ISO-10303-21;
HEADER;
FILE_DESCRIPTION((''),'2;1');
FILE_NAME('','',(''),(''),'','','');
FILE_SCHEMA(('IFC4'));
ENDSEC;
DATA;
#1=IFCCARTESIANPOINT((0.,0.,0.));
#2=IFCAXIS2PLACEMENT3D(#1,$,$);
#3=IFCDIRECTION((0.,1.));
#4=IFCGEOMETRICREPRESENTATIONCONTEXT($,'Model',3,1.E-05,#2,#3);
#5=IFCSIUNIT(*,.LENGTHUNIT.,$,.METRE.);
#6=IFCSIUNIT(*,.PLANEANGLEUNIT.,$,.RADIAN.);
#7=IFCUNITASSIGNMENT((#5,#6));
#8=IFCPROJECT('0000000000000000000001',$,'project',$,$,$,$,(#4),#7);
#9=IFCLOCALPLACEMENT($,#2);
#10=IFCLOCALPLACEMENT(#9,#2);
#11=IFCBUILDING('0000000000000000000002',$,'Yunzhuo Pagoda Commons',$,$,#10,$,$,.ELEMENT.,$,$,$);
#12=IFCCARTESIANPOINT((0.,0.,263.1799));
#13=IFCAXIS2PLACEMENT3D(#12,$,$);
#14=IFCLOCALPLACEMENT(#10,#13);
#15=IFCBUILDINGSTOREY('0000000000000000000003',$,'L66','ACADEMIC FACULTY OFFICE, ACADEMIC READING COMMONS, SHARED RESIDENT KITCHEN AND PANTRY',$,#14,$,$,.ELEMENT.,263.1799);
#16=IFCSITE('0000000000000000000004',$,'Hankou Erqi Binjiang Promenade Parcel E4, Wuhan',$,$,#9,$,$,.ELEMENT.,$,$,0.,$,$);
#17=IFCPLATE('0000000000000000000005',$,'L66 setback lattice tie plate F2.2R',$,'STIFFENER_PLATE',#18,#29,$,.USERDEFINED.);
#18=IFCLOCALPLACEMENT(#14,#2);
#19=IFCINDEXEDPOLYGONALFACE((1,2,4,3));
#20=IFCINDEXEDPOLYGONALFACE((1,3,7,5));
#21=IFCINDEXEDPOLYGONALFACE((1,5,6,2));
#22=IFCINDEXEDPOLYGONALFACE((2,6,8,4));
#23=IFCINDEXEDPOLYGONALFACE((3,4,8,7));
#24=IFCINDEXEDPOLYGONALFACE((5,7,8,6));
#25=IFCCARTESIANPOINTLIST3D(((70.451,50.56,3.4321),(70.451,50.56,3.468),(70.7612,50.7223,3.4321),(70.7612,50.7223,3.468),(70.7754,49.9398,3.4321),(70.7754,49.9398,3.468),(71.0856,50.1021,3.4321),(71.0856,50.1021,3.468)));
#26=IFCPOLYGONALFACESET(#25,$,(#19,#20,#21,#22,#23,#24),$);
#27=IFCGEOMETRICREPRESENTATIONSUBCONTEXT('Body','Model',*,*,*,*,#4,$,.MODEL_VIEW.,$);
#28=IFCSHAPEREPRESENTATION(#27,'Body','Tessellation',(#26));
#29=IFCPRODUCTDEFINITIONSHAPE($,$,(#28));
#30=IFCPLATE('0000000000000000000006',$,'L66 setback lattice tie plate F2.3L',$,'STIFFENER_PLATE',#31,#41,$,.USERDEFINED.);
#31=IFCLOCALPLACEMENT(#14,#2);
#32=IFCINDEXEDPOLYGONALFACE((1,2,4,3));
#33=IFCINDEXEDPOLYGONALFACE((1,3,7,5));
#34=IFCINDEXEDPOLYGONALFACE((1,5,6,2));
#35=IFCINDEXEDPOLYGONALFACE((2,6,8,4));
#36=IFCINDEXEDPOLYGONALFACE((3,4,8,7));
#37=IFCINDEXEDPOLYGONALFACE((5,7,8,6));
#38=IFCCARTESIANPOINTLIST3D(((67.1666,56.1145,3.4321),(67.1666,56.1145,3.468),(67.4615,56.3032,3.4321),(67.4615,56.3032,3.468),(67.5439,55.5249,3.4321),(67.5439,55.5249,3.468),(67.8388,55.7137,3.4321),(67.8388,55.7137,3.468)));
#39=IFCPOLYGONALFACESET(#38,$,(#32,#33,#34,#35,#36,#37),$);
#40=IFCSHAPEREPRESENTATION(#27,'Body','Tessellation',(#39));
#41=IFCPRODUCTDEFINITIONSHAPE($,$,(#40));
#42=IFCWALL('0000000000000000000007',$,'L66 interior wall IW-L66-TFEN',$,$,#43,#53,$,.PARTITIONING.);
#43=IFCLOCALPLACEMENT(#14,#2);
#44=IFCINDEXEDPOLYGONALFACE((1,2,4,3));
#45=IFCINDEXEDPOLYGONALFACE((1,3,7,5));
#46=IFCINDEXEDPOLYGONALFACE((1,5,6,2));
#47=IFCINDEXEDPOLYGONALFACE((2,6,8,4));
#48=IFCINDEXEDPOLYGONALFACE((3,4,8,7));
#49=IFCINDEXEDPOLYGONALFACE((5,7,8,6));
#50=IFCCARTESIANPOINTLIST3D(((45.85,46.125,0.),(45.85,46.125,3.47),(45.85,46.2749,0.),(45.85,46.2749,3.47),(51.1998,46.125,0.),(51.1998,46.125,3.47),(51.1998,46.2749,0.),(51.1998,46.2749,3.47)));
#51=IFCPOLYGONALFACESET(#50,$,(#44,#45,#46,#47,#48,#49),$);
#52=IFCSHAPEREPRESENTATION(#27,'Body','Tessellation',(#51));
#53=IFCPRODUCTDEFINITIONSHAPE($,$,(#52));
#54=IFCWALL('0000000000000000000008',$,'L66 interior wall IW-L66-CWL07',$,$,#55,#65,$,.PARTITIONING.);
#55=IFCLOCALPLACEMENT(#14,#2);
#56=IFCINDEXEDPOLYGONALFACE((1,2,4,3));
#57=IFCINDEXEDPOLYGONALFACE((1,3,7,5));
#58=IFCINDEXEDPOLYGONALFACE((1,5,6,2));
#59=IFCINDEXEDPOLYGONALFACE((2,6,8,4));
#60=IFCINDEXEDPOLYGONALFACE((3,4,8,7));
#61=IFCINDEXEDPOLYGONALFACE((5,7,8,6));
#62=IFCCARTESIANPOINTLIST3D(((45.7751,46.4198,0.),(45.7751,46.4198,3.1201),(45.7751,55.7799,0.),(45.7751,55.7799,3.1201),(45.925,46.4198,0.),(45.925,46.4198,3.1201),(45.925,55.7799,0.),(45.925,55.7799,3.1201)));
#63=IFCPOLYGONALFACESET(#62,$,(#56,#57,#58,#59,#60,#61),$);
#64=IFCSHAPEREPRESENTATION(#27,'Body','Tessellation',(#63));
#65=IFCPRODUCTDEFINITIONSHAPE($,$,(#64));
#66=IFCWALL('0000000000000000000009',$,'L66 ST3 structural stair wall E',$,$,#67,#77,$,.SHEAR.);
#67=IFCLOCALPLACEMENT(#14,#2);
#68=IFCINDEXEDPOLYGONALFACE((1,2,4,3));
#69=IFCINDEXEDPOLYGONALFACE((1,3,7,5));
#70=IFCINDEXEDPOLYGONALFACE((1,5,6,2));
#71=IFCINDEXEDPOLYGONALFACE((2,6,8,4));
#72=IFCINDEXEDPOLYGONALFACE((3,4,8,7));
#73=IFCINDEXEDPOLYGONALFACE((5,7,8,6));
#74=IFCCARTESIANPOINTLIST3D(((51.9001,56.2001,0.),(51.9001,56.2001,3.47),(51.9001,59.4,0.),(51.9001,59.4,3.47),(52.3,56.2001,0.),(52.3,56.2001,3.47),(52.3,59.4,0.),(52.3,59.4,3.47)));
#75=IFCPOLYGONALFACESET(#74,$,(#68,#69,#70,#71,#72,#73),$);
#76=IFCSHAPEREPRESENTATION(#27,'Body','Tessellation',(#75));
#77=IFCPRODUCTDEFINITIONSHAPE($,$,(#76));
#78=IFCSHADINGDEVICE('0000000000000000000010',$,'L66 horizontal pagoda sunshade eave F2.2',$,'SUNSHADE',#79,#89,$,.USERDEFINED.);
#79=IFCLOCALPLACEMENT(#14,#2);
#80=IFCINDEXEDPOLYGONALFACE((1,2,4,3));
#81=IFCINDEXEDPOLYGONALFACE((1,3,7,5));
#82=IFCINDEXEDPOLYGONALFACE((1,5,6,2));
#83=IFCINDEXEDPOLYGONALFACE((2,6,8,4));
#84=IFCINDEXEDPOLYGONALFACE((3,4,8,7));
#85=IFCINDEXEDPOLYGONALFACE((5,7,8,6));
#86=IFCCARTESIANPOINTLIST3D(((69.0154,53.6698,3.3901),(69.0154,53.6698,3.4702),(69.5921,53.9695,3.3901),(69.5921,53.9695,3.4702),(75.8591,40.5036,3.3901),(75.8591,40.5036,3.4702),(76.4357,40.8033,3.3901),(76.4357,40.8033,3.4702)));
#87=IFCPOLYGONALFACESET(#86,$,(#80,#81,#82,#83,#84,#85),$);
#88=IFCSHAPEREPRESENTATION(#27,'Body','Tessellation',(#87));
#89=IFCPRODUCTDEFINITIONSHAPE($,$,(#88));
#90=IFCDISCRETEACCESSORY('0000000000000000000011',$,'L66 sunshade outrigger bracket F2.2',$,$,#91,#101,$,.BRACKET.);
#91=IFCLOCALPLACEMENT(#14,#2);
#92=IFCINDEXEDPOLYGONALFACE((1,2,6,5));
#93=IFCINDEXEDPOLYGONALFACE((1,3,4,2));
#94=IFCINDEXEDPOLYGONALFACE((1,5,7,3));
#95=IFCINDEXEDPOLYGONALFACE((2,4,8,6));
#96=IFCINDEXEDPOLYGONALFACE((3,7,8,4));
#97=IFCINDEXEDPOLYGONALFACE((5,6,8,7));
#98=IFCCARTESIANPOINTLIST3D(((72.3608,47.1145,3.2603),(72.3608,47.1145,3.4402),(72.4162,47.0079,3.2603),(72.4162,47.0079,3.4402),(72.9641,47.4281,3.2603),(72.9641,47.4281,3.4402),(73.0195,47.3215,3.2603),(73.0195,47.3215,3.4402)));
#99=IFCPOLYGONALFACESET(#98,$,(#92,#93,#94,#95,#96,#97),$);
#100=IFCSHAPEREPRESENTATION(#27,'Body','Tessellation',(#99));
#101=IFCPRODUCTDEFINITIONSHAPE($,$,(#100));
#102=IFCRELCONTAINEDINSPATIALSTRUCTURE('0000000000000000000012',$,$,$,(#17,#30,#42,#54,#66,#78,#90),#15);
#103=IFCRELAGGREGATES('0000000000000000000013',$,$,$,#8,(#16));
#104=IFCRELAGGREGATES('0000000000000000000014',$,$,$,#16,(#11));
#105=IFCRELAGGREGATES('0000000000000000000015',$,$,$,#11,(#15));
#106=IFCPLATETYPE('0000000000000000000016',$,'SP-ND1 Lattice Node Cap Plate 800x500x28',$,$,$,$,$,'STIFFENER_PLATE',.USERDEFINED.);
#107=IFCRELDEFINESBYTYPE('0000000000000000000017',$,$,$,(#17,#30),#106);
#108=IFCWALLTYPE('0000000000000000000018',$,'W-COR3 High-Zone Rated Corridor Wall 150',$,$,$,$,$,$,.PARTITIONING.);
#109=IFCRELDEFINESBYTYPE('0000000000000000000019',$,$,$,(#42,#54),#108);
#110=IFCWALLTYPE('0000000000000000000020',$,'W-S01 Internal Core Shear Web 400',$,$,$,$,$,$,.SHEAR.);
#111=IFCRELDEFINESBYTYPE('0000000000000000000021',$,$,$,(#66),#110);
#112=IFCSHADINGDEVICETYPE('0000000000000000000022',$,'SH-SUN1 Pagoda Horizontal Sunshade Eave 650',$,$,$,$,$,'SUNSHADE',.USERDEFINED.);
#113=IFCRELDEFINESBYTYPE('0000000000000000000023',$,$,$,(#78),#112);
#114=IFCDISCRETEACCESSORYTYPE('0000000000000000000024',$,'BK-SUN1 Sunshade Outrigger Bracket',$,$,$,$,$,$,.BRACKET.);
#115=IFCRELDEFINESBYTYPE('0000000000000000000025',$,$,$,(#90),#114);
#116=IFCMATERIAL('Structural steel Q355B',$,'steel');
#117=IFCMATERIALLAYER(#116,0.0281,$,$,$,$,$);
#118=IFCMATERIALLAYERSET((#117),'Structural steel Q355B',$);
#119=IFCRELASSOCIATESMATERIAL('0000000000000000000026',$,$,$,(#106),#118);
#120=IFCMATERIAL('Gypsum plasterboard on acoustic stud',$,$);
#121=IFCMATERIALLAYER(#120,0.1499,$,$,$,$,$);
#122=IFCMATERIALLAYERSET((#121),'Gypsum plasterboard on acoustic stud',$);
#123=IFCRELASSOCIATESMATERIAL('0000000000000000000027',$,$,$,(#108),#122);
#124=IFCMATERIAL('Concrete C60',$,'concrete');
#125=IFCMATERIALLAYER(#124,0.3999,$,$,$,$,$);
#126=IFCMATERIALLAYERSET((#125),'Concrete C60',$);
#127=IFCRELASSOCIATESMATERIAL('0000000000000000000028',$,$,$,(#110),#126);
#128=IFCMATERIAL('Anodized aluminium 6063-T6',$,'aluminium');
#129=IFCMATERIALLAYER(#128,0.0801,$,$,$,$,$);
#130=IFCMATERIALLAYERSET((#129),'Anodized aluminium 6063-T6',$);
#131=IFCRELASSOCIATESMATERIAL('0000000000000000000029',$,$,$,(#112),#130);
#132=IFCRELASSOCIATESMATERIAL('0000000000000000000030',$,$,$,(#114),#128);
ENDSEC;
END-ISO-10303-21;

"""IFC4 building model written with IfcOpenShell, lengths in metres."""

from ifc_helpers import new_model, si_unit, direction, frame, frame_2d, origin, origin_2d, place, context, subcontext, project, spatial, rectangle, extrude, source, transform, mapped, material, layer, layer_set, type_object, element, save


model = new_model("IFC4")

# Units and contexts
model_context = context("Model", 3, precision=1e-05, world=origin(), true_north=direction((0.0, 1.0)))
body_context = subcontext(model_context, "Body", "Model", "MODEL_VIEW")
ifc_project = project(units=[si_unit("LENGTHUNIT", "METRE"), si_unit("PLANEANGLEUNIT", "RADIAN")], contexts=[model_context])

# Site, building, storey
site_placement = place(None, origin())
site = spatial("IfcSite", under=ifc_project, at=site_placement, Name="Hankou Erqi Binjiang Promenade Parcel E4, Wuhan", CompositionType="ELEMENT", RefElevation=0.0)
building_placement = place(site_placement, origin())
building = spatial("IfcBuilding", under=site, at=building_placement, Name="Yunzhuo Pagoda Commons", CompositionType="ELEMENT")
storey_placement = place(building_placement, frame((0.0, 0.0, 263.1799)))
storey = spatial("IfcBuildingStorey", under=building, at=storey_placement, Name="L66", Description="ACADEMIC FACULTY OFFICE, ACADEMIC READING COMMONS, SHARED RESIDENT KITCHEN AND PANTRY", CompositionType="ELEMENT", Elevation=263.1799)

# Shared definitions
ifc_material_1 = material(Name="Structural steel Q355B", Category="steel")

# Shared definitions
ifc_material_2 = material(Name="Anodized aluminium 6063-T6", Category="aluminium")

# Plates
ifc_layer_1 = layer(ifc_material_1, 0.0281)
ifc_layer_set_1 = layer_set([ifc_layer_1], Name="Structural steel Q355B")
plate_type_1 = type_object("IfcPlateType", Name="SP-ND1 Lattice Node Cap Plate 800x500x28", ElementType="STIFFENER_PLATE", PredefinedType="USERDEFINED", material=ifc_layer_set_1)
shared_shape_1 = source(origin(), body_context, "Body", "SweptSolid", [
    extrude(rectangle(XDim=0.7, YDim=0.3501, at=origin_2d()), origin(), (0.0, 0.0, 1.0), 0.0359),
])
for number, where, z_axis, x_axis, name in (
    (1, (70.7683, 50.3311, 3.4321), (0.0, 0.0, 1.0), (-0.463559, 0.886066, 0.0), "L66 setback lattice tie plate F2.2R"),
    (2, (67.5027, 55.9141, 3.4321), (0.0, 0.0, 1.0), (-0.53908, 0.842255, 0.0), "L66 setback lattice tie plate F2.3L"),
):
    element("IfcPlate", number, at=place(storey_placement, frame(where, z_axis=z_axis, x_axis=x_axis)), inside=storey, type_object=plate_type_1, Name=name, ObjectType="STIFFENER_PLATE", PredefinedType="USERDEFINED", context=body_context, shape_type="MappedRepresentation", body=[
        mapped(shared_shape_1, transform((0.0, 0.0, 0.0), scale=1.0)),
    ])

# Walls
ifc_material_3 = material(Name="Gypsum plasterboard on acoustic stud")
ifc_layer_2 = layer(ifc_material_3, 0.1499)
ifc_layer_set_2 = layer_set([ifc_layer_2], Name="Gypsum plasterboard on acoustic stud")
wall_type_1 = type_object("IfcWallType", Name="W-COR3 High-Zone Rated Corridor Wall 150", PredefinedType="PARTITIONING", material=ifc_layer_set_2)
wall_1_placement = place(storey_placement, frame((45.8501, 46.2, 0.0), z_axis=(0.0, 0.0, 1.0), x_axis=(1.0, 0.0, 0.0)))
element("IfcWall", 3, at=wall_1_placement, inside=storey, type_object=wall_type_1, Name="L66 interior wall IW-L66-TFEN", PredefinedType="PARTITIONING", context=body_context, shape_type="SweptSolid", body=[
    extrude(rectangle(XDim=5.3499, YDim=0.1499, at=frame_2d((2.6748, 0.0))), origin(), (0.0, 0.0, 1.0), 3.47),
])
wall_2_placement = place(storey_placement, frame((45.8501, 55.78, 0.0), z_axis=(0.0, 0.0, 1.0), x_axis=(0.0, -1.0, 0.0)))
element("IfcWall", 4, at=wall_2_placement, inside=storey, type_object=wall_type_1, Name="L66 interior wall IW-L66-CWL07", PredefinedType="PARTITIONING", context=body_context, shape_type="SweptSolid", body=[
    extrude(rectangle(XDim=9.3601, YDim=0.1499, at=frame_2d((4.6802, 0.0))), origin(), (0.0, 0.0, 1.0), 3.1201),
])
ifc_material_4 = material(Name="Concrete C60", Category="concrete")
ifc_layer_3 = layer(ifc_material_4, 0.3999)
ifc_layer_set_3 = layer_set([ifc_layer_3], Name="Concrete C60")
wall_type_2 = type_object("IfcWallType", Name="W-S01 Internal Core Shear Web 400", PredefinedType="SHEAR", material=ifc_layer_set_3)
wall_3_placement = place(storey_placement, frame((52.1001, 56.2, 0.0), z_axis=(0.0, 0.0, 1.0), x_axis=(0.0, 1.0, 0.0)))
element("IfcWall", 5, at=wall_3_placement, inside=storey, type_object=wall_type_2, Name="L66 ST3 structural stair wall E", PredefinedType="SHEAR", context=body_context, shape_type="SweptSolid", body=[
    extrude(rectangle(XDim=3.2, YDim=0.3999, at=frame_2d((1.6001, 0.0))), origin(), (0.0, 0.0, 1.0), 3.47),
])

# Shading device
ifc_layer_4 = layer(ifc_material_2, 0.0801)
ifc_layer_set_4 = layer_set([ifc_layer_4], Name="Anodized aluminium 6063-T6")
shading_device_type = type_object("IfcShadingDeviceType", Name="SH-SUN1 Pagoda Horizontal Sunshade Eave 650", ElementType="SUNSHADE", PredefinedType="USERDEFINED", material=ifc_layer_set_4)
shared_shape_2 = source(origin(), body_context, "Body", "SweptSolid", [
    extrude(rectangle(XDim=14.8386, YDim=0.6499, at=origin_2d()), origin(), (0.0, 0.0, 1.0), 0.0801),
])
shading_device_placement = place(storey_placement, frame((72.7256, 47.2366, 3.3901), z_axis=(0.0, 0.0, 1.0), x_axis=(-0.461207, 0.887293, 0.0)))
element("IfcShadingDevice", 6, at=shading_device_placement, inside=storey, type_object=shading_device_type, Name="L66 horizontal pagoda sunshade eave F2.2", ObjectType="SUNSHADE", PredefinedType="USERDEFINED", context=body_context, shape_type="MappedRepresentation", body=[
    mapped(shared_shape_2, transform((0.0, 0.0, 0.0), scale=1.0)),
])

# Discrete accessory
discrete_accessory_type = type_object("IfcDiscreteAccessoryType", Name="BK-SUN1 Sunshade Outrigger Bracket", PredefinedType="BRACKET", material=ifc_material_2)
shared_shape_3 = source(origin(), body_context, "Body", "SweptSolid", [
    extrude(rectangle(XDim=0.1201, YDim=0.6799, at=origin_2d()), origin(), (0.0, 0.0, 1.0), 0.1799),
])
discrete_accessory_placement = place(storey_placement, frame((72.6902, 47.218, 3.2603), z_axis=(0.0, 0.0, 1.0), x_axis=(-0.461207, 0.887293, 0.0)))
element("IfcDiscreteAccessory", 7, at=discrete_accessory_placement, inside=storey, type_object=discrete_accessory_type, Name="L66 sunshade outrigger bracket F2.2", PredefinedType="BRACKET", context=body_context, shape_type="MappedRepresentation", body=[
    mapped(shared_shape_3, transform((0.0, 0.0, 0.0), scale=1.0)),
])

save(model, "model.ifc")
